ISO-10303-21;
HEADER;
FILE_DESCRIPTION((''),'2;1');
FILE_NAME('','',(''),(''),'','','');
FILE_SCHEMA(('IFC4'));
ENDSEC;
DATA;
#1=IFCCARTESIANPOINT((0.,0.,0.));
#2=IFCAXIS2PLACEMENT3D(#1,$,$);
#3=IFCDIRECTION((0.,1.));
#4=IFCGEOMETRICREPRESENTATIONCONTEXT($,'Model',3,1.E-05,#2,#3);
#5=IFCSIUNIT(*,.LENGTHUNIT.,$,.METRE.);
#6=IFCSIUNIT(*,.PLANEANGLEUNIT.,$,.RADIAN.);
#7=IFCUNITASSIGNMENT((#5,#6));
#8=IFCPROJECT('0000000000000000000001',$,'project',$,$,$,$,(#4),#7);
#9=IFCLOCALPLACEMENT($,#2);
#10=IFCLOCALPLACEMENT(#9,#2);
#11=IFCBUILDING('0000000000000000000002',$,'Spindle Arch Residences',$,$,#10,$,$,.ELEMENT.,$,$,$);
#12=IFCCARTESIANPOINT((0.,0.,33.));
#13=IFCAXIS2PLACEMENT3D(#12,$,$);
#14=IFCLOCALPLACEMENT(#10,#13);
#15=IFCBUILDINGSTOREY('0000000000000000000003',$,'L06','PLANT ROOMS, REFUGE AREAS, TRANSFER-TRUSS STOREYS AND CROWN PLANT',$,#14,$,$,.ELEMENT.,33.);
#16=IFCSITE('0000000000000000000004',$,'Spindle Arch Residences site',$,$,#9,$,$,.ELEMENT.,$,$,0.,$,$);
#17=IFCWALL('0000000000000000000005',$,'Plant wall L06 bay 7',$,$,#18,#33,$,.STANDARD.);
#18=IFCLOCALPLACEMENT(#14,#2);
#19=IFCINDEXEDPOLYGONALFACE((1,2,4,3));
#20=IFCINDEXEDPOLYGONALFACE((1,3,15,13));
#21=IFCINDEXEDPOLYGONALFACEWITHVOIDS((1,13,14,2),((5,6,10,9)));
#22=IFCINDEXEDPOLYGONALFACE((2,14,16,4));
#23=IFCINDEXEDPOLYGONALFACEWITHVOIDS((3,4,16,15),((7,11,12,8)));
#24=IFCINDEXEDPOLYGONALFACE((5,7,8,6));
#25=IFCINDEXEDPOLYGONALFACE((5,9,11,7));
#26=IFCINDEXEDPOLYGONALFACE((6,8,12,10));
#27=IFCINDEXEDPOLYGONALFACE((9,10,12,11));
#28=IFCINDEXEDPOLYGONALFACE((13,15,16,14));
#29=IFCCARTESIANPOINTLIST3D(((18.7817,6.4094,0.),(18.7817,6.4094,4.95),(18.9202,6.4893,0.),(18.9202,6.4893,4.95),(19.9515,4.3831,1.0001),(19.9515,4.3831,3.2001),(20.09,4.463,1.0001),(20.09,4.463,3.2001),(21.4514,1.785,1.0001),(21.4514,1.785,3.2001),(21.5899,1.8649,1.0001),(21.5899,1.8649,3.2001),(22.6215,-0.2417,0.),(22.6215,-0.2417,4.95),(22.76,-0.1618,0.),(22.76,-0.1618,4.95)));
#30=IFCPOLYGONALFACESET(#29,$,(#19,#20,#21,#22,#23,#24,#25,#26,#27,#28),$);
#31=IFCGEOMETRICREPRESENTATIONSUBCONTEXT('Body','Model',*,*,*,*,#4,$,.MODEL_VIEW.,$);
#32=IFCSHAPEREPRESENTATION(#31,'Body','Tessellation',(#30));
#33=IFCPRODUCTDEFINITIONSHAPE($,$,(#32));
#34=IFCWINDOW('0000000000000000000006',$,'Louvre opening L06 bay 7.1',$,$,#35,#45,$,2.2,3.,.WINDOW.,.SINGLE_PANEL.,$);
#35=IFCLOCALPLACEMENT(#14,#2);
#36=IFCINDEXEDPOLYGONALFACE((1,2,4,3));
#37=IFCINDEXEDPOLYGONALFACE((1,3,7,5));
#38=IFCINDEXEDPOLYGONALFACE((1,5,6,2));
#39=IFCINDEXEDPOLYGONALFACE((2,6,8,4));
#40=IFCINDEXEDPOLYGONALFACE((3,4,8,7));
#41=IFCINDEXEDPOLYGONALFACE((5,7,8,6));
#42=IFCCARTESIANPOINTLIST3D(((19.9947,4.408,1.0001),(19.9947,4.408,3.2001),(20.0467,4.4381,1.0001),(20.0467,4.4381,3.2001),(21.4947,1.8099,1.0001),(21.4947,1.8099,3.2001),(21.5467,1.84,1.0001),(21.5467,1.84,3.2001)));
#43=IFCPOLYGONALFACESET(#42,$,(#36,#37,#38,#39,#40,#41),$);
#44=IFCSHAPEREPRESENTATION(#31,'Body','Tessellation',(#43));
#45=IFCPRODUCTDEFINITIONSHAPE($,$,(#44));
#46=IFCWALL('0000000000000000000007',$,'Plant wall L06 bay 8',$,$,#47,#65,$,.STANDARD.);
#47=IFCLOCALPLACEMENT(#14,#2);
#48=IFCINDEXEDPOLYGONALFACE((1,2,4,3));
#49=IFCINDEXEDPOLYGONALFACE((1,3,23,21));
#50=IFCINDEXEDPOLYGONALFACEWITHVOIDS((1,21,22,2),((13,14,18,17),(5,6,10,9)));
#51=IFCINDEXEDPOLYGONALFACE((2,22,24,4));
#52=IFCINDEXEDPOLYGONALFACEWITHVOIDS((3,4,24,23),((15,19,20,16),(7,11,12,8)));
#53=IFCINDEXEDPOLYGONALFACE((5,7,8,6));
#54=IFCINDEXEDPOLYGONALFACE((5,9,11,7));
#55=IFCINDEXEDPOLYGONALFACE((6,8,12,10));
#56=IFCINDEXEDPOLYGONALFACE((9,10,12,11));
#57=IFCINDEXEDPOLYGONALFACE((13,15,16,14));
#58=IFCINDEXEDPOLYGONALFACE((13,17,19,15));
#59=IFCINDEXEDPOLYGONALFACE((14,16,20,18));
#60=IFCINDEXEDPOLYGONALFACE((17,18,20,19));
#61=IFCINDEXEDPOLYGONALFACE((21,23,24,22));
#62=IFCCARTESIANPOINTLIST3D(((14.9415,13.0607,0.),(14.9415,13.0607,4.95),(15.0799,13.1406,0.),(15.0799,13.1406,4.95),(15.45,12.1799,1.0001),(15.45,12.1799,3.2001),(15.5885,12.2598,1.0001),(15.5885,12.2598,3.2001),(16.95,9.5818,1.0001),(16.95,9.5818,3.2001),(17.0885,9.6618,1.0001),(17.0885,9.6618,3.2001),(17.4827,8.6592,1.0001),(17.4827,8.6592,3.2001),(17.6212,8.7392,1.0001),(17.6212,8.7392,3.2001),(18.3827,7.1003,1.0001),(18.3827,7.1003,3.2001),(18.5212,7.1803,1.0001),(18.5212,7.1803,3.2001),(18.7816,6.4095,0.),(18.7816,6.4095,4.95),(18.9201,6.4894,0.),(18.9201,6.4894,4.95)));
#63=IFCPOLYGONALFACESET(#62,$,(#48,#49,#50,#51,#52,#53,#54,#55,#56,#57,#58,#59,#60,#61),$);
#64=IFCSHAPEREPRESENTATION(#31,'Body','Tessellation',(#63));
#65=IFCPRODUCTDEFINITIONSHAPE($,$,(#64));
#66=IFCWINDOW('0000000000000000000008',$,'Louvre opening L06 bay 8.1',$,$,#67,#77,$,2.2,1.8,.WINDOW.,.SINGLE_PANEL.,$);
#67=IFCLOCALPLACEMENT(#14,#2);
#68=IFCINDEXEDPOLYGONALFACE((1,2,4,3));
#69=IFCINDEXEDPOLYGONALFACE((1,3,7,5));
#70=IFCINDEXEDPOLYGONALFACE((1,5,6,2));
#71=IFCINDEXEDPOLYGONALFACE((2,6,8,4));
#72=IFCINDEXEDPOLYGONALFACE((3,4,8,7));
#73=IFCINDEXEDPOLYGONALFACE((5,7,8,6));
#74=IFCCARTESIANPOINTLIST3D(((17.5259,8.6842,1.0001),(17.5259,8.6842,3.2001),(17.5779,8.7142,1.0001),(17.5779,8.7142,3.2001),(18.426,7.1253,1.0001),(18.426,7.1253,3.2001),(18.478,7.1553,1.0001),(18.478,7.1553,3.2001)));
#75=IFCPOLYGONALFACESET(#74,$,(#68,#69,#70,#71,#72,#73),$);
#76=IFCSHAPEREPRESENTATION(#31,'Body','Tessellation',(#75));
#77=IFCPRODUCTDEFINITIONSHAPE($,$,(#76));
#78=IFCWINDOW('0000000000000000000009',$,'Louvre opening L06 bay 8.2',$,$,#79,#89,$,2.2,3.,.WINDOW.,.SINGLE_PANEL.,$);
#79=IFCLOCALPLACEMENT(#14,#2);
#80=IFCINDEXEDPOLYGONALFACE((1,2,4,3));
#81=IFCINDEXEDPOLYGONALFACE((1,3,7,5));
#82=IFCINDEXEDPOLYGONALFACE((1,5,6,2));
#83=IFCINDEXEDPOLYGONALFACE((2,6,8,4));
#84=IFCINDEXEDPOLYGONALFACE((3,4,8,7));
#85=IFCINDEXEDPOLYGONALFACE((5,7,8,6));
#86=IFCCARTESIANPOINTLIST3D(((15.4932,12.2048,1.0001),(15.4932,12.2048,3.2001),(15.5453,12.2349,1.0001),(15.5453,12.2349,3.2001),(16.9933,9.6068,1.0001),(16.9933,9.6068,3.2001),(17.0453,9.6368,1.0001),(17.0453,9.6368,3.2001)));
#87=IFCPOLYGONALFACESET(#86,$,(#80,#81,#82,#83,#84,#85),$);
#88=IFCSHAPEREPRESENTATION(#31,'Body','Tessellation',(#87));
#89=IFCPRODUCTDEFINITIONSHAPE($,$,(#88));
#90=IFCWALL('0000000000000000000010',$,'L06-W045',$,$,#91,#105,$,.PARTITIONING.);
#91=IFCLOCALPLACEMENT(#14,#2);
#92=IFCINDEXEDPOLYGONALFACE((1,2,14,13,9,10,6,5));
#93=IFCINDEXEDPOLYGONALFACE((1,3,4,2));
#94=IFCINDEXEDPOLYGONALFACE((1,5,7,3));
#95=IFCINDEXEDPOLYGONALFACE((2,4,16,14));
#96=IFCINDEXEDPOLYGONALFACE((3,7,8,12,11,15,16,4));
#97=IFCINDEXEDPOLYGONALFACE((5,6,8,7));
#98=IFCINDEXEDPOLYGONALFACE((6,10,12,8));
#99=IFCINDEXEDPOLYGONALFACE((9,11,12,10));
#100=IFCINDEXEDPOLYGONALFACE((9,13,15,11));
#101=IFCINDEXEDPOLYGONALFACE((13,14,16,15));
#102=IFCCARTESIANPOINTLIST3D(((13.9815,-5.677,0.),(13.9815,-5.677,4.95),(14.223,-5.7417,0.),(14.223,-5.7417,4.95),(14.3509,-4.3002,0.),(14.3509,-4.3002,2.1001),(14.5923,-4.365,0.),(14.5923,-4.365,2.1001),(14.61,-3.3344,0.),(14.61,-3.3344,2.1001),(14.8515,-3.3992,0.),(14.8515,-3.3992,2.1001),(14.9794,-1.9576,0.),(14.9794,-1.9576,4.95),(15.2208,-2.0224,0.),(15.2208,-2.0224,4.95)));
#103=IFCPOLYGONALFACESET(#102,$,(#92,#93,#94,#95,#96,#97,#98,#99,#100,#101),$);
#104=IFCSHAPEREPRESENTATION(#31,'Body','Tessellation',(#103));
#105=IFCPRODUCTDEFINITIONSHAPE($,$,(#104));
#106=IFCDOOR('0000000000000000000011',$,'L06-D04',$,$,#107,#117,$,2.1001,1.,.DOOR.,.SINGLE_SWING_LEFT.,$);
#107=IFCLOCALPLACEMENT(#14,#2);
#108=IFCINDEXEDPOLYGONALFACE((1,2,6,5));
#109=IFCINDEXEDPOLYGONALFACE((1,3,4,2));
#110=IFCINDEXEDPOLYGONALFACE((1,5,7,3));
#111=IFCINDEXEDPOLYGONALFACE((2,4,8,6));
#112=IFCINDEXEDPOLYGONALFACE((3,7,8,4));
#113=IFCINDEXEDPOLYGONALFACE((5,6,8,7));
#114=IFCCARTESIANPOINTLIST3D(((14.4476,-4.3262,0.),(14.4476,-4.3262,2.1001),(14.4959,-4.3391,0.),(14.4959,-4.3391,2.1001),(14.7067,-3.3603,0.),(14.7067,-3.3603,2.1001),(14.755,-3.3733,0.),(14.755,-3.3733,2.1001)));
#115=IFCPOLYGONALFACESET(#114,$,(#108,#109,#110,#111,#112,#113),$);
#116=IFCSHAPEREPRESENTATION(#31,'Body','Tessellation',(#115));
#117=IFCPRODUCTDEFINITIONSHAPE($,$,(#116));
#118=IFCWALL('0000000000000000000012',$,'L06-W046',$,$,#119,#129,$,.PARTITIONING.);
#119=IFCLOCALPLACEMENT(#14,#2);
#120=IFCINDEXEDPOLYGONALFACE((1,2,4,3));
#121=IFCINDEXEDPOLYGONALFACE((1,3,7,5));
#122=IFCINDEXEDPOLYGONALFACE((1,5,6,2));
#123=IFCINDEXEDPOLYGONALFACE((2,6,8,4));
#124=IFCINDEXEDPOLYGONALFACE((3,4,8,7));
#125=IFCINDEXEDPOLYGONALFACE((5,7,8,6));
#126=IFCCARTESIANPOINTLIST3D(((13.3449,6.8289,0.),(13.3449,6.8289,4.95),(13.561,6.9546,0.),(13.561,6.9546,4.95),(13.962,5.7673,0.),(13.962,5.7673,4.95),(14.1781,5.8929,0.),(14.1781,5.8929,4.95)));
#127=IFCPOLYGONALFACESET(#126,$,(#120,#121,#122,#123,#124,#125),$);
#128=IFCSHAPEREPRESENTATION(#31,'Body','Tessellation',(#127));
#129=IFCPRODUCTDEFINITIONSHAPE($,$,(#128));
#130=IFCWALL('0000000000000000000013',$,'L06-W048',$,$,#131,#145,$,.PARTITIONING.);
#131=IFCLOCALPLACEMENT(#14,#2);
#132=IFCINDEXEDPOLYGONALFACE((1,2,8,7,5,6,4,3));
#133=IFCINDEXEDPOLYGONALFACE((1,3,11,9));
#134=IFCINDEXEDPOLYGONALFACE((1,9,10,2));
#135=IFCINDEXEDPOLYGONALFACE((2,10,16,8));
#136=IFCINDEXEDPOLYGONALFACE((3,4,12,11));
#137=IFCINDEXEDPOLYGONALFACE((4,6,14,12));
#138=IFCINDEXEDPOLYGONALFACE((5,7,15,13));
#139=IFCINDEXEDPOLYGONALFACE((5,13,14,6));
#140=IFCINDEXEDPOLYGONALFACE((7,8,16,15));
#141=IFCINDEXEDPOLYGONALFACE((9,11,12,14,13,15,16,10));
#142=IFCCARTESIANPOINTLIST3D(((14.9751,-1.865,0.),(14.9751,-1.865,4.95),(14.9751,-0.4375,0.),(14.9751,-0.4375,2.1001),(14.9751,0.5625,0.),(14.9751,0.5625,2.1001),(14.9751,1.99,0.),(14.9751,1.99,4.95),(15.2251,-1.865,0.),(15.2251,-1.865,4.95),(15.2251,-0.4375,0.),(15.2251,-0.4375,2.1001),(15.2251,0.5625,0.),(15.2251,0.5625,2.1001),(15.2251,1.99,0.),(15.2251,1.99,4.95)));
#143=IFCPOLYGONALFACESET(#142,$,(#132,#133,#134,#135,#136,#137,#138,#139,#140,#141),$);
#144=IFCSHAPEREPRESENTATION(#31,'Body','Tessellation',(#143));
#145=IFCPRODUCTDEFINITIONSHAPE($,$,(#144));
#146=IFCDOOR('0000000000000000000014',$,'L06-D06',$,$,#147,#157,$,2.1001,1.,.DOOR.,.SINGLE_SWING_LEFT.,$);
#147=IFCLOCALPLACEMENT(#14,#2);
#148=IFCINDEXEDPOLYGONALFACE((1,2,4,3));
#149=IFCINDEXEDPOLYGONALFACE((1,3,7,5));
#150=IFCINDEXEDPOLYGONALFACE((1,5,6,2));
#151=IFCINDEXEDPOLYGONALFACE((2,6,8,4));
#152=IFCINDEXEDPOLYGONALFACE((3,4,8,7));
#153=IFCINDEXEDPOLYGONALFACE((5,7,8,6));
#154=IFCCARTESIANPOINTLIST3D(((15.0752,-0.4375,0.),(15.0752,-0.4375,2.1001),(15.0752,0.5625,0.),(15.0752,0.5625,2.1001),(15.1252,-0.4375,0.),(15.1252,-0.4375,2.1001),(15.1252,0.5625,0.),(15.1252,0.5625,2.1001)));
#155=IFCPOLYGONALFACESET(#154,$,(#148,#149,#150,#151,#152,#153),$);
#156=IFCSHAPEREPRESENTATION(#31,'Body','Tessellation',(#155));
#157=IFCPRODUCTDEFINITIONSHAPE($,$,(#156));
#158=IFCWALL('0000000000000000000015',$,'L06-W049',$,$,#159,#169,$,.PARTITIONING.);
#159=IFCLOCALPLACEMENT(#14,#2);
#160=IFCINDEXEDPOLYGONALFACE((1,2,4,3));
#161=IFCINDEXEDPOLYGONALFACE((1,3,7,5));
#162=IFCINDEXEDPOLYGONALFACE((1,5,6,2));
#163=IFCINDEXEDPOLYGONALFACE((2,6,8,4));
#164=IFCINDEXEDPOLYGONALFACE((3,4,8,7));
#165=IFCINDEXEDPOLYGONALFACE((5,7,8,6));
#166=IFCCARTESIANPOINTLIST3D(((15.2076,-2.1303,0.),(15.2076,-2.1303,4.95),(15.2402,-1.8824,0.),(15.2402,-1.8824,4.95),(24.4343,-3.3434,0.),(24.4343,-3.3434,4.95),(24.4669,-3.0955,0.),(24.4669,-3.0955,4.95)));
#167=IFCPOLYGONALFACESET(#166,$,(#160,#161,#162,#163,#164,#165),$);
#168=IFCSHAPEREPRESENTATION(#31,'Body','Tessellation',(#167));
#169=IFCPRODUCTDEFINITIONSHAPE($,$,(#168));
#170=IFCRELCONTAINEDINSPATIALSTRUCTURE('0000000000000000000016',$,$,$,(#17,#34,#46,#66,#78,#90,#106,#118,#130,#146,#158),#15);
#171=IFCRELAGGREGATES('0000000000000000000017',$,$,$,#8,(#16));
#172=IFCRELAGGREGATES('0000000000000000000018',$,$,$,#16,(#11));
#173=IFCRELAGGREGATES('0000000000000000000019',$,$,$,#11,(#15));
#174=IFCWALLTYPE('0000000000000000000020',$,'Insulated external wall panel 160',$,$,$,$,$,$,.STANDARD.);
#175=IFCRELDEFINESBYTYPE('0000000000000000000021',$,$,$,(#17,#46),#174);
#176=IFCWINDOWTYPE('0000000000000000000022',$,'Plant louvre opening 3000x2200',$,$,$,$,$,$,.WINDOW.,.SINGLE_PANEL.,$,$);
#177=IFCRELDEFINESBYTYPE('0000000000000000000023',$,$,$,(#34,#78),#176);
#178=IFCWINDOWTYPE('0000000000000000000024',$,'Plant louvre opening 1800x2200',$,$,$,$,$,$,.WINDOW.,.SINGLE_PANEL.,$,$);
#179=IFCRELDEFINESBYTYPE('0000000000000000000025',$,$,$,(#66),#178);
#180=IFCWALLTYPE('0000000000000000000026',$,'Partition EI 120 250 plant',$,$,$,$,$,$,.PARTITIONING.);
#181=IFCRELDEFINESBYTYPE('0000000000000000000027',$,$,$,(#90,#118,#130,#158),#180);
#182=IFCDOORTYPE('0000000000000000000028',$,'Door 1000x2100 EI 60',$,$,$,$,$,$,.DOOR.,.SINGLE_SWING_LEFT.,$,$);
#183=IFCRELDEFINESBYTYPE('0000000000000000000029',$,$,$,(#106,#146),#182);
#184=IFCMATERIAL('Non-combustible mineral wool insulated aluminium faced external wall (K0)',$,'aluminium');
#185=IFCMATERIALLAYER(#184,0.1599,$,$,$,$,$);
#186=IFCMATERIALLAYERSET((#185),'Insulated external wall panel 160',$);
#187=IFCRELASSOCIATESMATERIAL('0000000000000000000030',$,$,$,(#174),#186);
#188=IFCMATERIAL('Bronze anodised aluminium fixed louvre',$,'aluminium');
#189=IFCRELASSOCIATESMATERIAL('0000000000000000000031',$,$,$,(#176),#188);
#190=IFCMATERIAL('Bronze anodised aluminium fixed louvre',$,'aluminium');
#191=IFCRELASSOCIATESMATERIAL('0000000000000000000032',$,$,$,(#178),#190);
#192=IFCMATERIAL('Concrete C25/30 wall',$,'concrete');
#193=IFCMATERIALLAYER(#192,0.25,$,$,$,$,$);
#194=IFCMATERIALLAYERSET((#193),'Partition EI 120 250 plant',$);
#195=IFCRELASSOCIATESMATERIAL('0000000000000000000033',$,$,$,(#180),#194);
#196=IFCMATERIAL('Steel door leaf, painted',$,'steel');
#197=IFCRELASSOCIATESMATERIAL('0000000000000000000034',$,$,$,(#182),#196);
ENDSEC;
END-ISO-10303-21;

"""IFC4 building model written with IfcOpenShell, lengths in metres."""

from ifc_helpers import new_model, si_unit, direction, frame, frame_2d, origin, place, context, subcontext, project, spatial, rectangle, extrude, material, layer, layer_set, type_object, element, fill, save


model = new_model("IFC4")

# Units and contexts
model_context = context("Model", 3, precision=1e-05, world=origin(), true_north=direction((0.0, 1.0)))
body_context = subcontext(model_context, "Body", "Model", "MODEL_VIEW")
ifc_project = project(units=[si_unit("LENGTHUNIT", "METRE"), si_unit("PLANEANGLEUNIT", "RADIAN")], contexts=[model_context])

# Site, building, storey
site_placement = place(None, origin())
site = spatial("IfcSite", under=ifc_project, at=site_placement, Name="Spindle Arch Residences site", CompositionType="ELEMENT", RefElevation=0.0)
building_placement = place(site_placement, origin())
building = spatial("IfcBuilding", under=site, at=building_placement, Name="Spindle Arch Residences", CompositionType="ELEMENT")
storey_placement = place(building_placement, frame((0.0, 0.0, 33.0)))
storey = spatial("IfcBuildingStorey", under=building, at=storey_placement, Name="L06", Description="PLANT ROOMS, REFUGE AREAS, TRANSFER-TRUSS STOREYS AND CROWN PLANT", CompositionType="ELEMENT", Elevation=33.0)

# Wall, opening, window
ifc_material_1 = material(Name="Non-combustible mineral wool insulated aluminium faced external wall (K0)", Category="aluminium")
ifc_layer_1 = layer(ifc_material_1, 0.1599)
ifc_layer_set_1 = layer_set([ifc_layer_1], Name="Insulated external wall panel 160")
wall_type_1 = type_object("IfcWallType", Name="Insulated external wall panel 160", PredefinedType="STANDARD", material=ifc_layer_set_1)
wall_1_placement = place(storey_placement, frame((22.6907, -0.2017, 0.0), z_axis=(0.0, 0.0, 1.0), x_axis=(-0.499982, 0.866036, 0.0)))
wall_1 = element("IfcWall", 1, at=wall_1_placement, inside=storey, type_object=wall_type_1, Name="Plant wall L06 bay 7", PredefinedType="STANDARD", context=body_context, shape_type="SweptSolid", body=[
    extrude(rectangle(XDim=7.6799, YDim=0.1599, at=frame_2d((3.8398, 0.0))), origin(), (0.0, 0.0, 1.0), 4.95),
])
opening_1_placement = place(wall_1_placement, frame((2.3401, 0.0, 1.0)))
opening_1 = element("IfcOpeningElement", 2, at=opening_1_placement, cuts=wall_1, PredefinedType="OPENING", context=body_context, shape_type="SweptSolid", body=[
    extrude(rectangle(XDim=3.0, YDim=2.2, at=frame_2d((1.5, 1.1001))), frame((0.0, 0.0898, 0.0), z_axis=(0.0, -1.0, 0.0), x_axis=(1.0, 0.0, 0.0)), (0.0, 0.0, 1.0), 0.1799),
])
ifc_material_2 = material(Name="Bronze anodised aluminium fixed louvre", Category="aluminium")
window_type_1 = type_object("IfcWindowType", Name="Plant louvre opening 3000x2200", PartitioningType="SINGLE_PANEL", PredefinedType="WINDOW", material=ifc_material_2)
window_1_placement = place(opening_1_placement, origin())
window_1 = element("IfcWindow", 3, at=window_1_placement, inside=storey, type_object=window_type_1, Name="Louvre opening L06 bay 7.1", OverallHeight=2.2, OverallWidth=3.0, PartitioningType="SINGLE_PANEL", PredefinedType="WINDOW", context=body_context, shape_type="SweptSolid", body=[
    extrude(rectangle(XDim=3.0, YDim=2.2, at=frame_2d((1.5, 1.1001))), frame((0.0, 0.03, 0.0), z_axis=(0.0, -1.0, 0.0), x_axis=(1.0, 0.0, 0.0)), (0.0, 0.0, 1.0), 0.0601),
])
fill(opening_1, window_1)

# Wall, openings, windows
wall_2_placement = place(storey_placement, frame((18.8508, 6.4495, 0.0), z_axis=(0.0, 0.0, 1.0), x_axis=(-0.500006, 0.866022, 0.0)))
wall_2 = element("IfcWall", 4, at=wall_2_placement, inside=storey, type_object=wall_type_1, Name="Plant wall L06 bay 8", PredefinedType="STANDARD", context=body_context, shape_type="SweptSolid", body=[
    extrude(rectangle(XDim=7.6802, YDim=0.1599, at=frame_2d((3.8401, 0.0))), origin(), (0.0, 0.0, 1.0), 4.95),
])
opening_2_placement = place(wall_2_placement, frame((0.7979, 0.0, 1.0)))
opening_2 = element("IfcOpeningElement", 5, at=opening_2_placement, cuts=wall_2, PredefinedType="OPENING", context=body_context, shape_type="SweptSolid", body=[
    extrude(rectangle(XDim=1.8, YDim=2.2, at=frame_2d((0.8999, 1.1001))), frame((0.0, 0.0898, 0.0), z_axis=(0.0, -1.0, 0.0), x_axis=(1.0, 0.0, 0.0)), (0.0, 0.0, 1.0), 0.1799),
])
opening_3_placement = place(wall_2_placement, frame((3.6631, 0.0, 1.0)))
opening_3 = element("IfcOpeningElement", 6, at=opening_3_placement, cuts=wall_2, PredefinedType="OPENING", context=body_context, shape_type="SweptSolid", body=[
    extrude(rectangle(XDim=3.0, YDim=2.2, at=frame_2d((1.5, 1.1001))), frame((0.0, 0.0898, 0.0), z_axis=(0.0, -1.0, 0.0), x_axis=(1.0, 0.0, 0.0)), (0.0, 0.0, 1.0), 0.1799),
])
ifc_material_3 = material(Name="Bronze anodised aluminium fixed louvre", Category="aluminium")
window_type_2 = type_object("IfcWindowType", Name="Plant louvre opening 1800x2200", PartitioningType="SINGLE_PANEL", PredefinedType="WINDOW", material=ifc_material_3)
window_2_placement = place(opening_2_placement, origin())
window_2 = element("IfcWindow", 7, at=window_2_placement, inside=storey, type_object=window_type_2, Name="Louvre opening L06 bay 8.1", OverallHeight=2.2, OverallWidth=1.8, PartitioningType="SINGLE_PANEL", PredefinedType="WINDOW", context=body_context, shape_type="SweptSolid", body=[
    extrude(rectangle(XDim=1.8, YDim=2.2, at=frame_2d((0.8999, 1.1001))), frame((0.0, 0.03, 0.0), z_axis=(0.0, -1.0, 0.0), x_axis=(1.0, 0.0, 0.0)), (0.0, 0.0, 1.0), 0.0601),
])
fill(opening_2, window_2)
window_3_placement = place(opening_3_placement, origin())
window_3 = element("IfcWindow", 8, at=window_3_placement, inside=storey, type_object=window_type_1, Name="Louvre opening L06 bay 8.2", OverallHeight=2.2, OverallWidth=3.0, PartitioningType="SINGLE_PANEL", PredefinedType="WINDOW", context=body_context, shape_type="SweptSolid", body=[
    extrude(rectangle(XDim=3.0, YDim=2.2, at=frame_2d((1.5, 1.1001))), frame((0.0, 0.03, 0.0), z_axis=(0.0, -1.0, 0.0), x_axis=(1.0, 0.0, 0.0)), (0.0, 0.0, 1.0), 0.0601),
])
fill(opening_3, window_3)

# Wall, opening, door
ifc_material_4 = material(Name="Concrete C25/30 wall", Category="concrete")
ifc_layer_2 = layer(ifc_material_4, 0.25)
ifc_layer_set_2 = layer_set([ifc_layer_2], Name="Partition EI 120 250 plant")
wall_type_2 = type_object("IfcWallType", Name="Partition EI 120 250 plant", PredefinedType="PARTITIONING", material=ifc_layer_set_2)
wall_3_placement = place(storey_placement, frame((14.1023, -5.7092, 0.0), z_axis=(0.0, 0.0, 1.0), x_axis=(0.259118, 0.965846, 0.0)))
wall_3 = element("IfcWall", 9, at=wall_3_placement, inside=storey, type_object=wall_type_2, Name="L06-W045", PredefinedType="PARTITIONING", context=body_context, shape_type="SweptSolid", body=[
    extrude(rectangle(XDim=3.8508, YDim=0.25, at=frame_2d((1.9253, 0.0))), origin(), (0.0, 0.0, 1.0), 4.95),
])
opening_4_placement = place(wall_3_placement, frame((1.4253, 0.0, 0.0)))
opening_4 = element("IfcOpeningElement", 10, at=opening_4_placement, cuts=wall_3, PredefinedType="OPENING", context=body_context, shape_type="SweptSolid", body=[
    extrude(rectangle(XDim=1.0, YDim=2.1001, at=frame_2d((0.5, 1.05))), frame((0.0, 0.135, 0.0), z_axis=(0.0, -1.0, 0.0), x_axis=(1.0, 0.0, 0.0)), (0.0, 0.0, 1.0), 0.27),
])
ifc_material_5 = material(Name="Steel door leaf, painted", Category="steel")
door_type_1 = type_object("IfcDoorType", Name="Door 1000x2100 EI 60", OperationType="SINGLE_SWING_LEFT", PredefinedType="DOOR", material=ifc_material_5)
door_1_placement = place(opening_4_placement, origin())
door_1 = element("IfcDoor", 11, at=door_1_placement, inside=storey, type_object=door_type_1, Name="L06-D04", OperationType="SINGLE_SWING_LEFT", OverallHeight=2.1001, OverallWidth=1.0, PredefinedType="DOOR", context=body_context, shape_type="SweptSolid", body=[
    extrude(rectangle(XDim=1.0, YDim=2.1001, at=frame_2d((0.5, 1.05))), frame((0.0, 0.0249, 0.0), z_axis=(0.0, -1.0, 0.0), x_axis=(1.0, 0.0, 0.0)), (0.0, 0.0, 1.0), 0.05),
])
fill(opening_4, door_1)

# Wall
wall_4_placement = place(storey_placement, frame((14.0701, 5.8301, 0.0), z_axis=(0.0, 0.0, 1.0), x_axis=(-0.502548, 0.864549, 0.0)))
element("IfcWall", 12, at=wall_4_placement, inside=storey, type_object=wall_type_2, Name="L06-W046", PredefinedType="PARTITIONING", context=body_context, shape_type="SweptSolid", body=[
    extrude(rectangle(XDim=1.228, YDim=0.25, at=frame_2d((0.614, 0.0))), origin(), (0.0, 0.0, 1.0), 4.95),
])

# Wall, opening, door
wall_5_placement = place(storey_placement, frame((15.1001, -1.865, 0.0), z_axis=(0.0, 0.0, 1.0), x_axis=(0.0, 1.0, 0.0)))
wall_5 = element("IfcWall", 13, at=wall_5_placement, inside=storey, type_object=wall_type_2, Name="L06-W048", PredefinedType="PARTITIONING", context=body_context, shape_type="SweptSolid", body=[
    extrude(rectangle(XDim=3.855, YDim=0.25, at=frame_2d((1.9275, 0.0))), origin(), (0.0, 0.0, 1.0), 4.95),
])
opening_5_placement = place(wall_5_placement, frame((1.4275, 0.0, 0.0)))
opening_5 = element("IfcOpeningElement", 14, at=opening_5_placement, cuts=wall_5, PredefinedType="OPENING", context=body_context, shape_type="SweptSolid", body=[
    extrude(rectangle(XDim=1.0, YDim=2.1001, at=frame_2d((0.5, 1.05))), frame((0.0, 0.135, 0.0), z_axis=(0.0, -1.0, 0.0), x_axis=(1.0, 0.0, 0.0)), (0.0, 0.0, 1.0), 0.27),
])
door_2_placement = place(opening_5_placement, origin())
door_2 = element("IfcDoor", 15, at=door_2_placement, inside=storey, type_object=door_type_1, Name="L06-D06", OperationType="SINGLE_SWING_LEFT", OverallHeight=2.1001, OverallWidth=1.0, PredefinedType="DOOR", context=body_context, shape_type="SweptSolid", body=[
    extrude(rectangle(XDim=1.0, YDim=2.1001, at=frame_2d((0.5, 1.05))), frame((0.0, 0.0249, 0.0), z_axis=(0.0, -1.0, 0.0), x_axis=(1.0, 0.0, 0.0)), (0.0, 0.0, 1.0), 0.05),
])
fill(opening_5, door_2)

# Wall
wall_6_placement = place(storey_placement, frame((15.2239, -2.0063, 0.0), z_axis=(0.0, 0.0, 1.0), x_axis=(0.991467, -0.130357, 0.0)))
element("IfcWall", 16, at=wall_6_placement, inside=storey, type_object=wall_type_2, Name="L06-W049", PredefinedType="PARTITIONING", context=body_context, shape_type="SweptSolid", body=[
    extrude(rectangle(XDim=9.3062, YDim=0.25, at=frame_2d((4.6531, 0.0))), origin(), (0.0, 0.0, 1.0), 4.95),
])

save(model, "model.ifc")
